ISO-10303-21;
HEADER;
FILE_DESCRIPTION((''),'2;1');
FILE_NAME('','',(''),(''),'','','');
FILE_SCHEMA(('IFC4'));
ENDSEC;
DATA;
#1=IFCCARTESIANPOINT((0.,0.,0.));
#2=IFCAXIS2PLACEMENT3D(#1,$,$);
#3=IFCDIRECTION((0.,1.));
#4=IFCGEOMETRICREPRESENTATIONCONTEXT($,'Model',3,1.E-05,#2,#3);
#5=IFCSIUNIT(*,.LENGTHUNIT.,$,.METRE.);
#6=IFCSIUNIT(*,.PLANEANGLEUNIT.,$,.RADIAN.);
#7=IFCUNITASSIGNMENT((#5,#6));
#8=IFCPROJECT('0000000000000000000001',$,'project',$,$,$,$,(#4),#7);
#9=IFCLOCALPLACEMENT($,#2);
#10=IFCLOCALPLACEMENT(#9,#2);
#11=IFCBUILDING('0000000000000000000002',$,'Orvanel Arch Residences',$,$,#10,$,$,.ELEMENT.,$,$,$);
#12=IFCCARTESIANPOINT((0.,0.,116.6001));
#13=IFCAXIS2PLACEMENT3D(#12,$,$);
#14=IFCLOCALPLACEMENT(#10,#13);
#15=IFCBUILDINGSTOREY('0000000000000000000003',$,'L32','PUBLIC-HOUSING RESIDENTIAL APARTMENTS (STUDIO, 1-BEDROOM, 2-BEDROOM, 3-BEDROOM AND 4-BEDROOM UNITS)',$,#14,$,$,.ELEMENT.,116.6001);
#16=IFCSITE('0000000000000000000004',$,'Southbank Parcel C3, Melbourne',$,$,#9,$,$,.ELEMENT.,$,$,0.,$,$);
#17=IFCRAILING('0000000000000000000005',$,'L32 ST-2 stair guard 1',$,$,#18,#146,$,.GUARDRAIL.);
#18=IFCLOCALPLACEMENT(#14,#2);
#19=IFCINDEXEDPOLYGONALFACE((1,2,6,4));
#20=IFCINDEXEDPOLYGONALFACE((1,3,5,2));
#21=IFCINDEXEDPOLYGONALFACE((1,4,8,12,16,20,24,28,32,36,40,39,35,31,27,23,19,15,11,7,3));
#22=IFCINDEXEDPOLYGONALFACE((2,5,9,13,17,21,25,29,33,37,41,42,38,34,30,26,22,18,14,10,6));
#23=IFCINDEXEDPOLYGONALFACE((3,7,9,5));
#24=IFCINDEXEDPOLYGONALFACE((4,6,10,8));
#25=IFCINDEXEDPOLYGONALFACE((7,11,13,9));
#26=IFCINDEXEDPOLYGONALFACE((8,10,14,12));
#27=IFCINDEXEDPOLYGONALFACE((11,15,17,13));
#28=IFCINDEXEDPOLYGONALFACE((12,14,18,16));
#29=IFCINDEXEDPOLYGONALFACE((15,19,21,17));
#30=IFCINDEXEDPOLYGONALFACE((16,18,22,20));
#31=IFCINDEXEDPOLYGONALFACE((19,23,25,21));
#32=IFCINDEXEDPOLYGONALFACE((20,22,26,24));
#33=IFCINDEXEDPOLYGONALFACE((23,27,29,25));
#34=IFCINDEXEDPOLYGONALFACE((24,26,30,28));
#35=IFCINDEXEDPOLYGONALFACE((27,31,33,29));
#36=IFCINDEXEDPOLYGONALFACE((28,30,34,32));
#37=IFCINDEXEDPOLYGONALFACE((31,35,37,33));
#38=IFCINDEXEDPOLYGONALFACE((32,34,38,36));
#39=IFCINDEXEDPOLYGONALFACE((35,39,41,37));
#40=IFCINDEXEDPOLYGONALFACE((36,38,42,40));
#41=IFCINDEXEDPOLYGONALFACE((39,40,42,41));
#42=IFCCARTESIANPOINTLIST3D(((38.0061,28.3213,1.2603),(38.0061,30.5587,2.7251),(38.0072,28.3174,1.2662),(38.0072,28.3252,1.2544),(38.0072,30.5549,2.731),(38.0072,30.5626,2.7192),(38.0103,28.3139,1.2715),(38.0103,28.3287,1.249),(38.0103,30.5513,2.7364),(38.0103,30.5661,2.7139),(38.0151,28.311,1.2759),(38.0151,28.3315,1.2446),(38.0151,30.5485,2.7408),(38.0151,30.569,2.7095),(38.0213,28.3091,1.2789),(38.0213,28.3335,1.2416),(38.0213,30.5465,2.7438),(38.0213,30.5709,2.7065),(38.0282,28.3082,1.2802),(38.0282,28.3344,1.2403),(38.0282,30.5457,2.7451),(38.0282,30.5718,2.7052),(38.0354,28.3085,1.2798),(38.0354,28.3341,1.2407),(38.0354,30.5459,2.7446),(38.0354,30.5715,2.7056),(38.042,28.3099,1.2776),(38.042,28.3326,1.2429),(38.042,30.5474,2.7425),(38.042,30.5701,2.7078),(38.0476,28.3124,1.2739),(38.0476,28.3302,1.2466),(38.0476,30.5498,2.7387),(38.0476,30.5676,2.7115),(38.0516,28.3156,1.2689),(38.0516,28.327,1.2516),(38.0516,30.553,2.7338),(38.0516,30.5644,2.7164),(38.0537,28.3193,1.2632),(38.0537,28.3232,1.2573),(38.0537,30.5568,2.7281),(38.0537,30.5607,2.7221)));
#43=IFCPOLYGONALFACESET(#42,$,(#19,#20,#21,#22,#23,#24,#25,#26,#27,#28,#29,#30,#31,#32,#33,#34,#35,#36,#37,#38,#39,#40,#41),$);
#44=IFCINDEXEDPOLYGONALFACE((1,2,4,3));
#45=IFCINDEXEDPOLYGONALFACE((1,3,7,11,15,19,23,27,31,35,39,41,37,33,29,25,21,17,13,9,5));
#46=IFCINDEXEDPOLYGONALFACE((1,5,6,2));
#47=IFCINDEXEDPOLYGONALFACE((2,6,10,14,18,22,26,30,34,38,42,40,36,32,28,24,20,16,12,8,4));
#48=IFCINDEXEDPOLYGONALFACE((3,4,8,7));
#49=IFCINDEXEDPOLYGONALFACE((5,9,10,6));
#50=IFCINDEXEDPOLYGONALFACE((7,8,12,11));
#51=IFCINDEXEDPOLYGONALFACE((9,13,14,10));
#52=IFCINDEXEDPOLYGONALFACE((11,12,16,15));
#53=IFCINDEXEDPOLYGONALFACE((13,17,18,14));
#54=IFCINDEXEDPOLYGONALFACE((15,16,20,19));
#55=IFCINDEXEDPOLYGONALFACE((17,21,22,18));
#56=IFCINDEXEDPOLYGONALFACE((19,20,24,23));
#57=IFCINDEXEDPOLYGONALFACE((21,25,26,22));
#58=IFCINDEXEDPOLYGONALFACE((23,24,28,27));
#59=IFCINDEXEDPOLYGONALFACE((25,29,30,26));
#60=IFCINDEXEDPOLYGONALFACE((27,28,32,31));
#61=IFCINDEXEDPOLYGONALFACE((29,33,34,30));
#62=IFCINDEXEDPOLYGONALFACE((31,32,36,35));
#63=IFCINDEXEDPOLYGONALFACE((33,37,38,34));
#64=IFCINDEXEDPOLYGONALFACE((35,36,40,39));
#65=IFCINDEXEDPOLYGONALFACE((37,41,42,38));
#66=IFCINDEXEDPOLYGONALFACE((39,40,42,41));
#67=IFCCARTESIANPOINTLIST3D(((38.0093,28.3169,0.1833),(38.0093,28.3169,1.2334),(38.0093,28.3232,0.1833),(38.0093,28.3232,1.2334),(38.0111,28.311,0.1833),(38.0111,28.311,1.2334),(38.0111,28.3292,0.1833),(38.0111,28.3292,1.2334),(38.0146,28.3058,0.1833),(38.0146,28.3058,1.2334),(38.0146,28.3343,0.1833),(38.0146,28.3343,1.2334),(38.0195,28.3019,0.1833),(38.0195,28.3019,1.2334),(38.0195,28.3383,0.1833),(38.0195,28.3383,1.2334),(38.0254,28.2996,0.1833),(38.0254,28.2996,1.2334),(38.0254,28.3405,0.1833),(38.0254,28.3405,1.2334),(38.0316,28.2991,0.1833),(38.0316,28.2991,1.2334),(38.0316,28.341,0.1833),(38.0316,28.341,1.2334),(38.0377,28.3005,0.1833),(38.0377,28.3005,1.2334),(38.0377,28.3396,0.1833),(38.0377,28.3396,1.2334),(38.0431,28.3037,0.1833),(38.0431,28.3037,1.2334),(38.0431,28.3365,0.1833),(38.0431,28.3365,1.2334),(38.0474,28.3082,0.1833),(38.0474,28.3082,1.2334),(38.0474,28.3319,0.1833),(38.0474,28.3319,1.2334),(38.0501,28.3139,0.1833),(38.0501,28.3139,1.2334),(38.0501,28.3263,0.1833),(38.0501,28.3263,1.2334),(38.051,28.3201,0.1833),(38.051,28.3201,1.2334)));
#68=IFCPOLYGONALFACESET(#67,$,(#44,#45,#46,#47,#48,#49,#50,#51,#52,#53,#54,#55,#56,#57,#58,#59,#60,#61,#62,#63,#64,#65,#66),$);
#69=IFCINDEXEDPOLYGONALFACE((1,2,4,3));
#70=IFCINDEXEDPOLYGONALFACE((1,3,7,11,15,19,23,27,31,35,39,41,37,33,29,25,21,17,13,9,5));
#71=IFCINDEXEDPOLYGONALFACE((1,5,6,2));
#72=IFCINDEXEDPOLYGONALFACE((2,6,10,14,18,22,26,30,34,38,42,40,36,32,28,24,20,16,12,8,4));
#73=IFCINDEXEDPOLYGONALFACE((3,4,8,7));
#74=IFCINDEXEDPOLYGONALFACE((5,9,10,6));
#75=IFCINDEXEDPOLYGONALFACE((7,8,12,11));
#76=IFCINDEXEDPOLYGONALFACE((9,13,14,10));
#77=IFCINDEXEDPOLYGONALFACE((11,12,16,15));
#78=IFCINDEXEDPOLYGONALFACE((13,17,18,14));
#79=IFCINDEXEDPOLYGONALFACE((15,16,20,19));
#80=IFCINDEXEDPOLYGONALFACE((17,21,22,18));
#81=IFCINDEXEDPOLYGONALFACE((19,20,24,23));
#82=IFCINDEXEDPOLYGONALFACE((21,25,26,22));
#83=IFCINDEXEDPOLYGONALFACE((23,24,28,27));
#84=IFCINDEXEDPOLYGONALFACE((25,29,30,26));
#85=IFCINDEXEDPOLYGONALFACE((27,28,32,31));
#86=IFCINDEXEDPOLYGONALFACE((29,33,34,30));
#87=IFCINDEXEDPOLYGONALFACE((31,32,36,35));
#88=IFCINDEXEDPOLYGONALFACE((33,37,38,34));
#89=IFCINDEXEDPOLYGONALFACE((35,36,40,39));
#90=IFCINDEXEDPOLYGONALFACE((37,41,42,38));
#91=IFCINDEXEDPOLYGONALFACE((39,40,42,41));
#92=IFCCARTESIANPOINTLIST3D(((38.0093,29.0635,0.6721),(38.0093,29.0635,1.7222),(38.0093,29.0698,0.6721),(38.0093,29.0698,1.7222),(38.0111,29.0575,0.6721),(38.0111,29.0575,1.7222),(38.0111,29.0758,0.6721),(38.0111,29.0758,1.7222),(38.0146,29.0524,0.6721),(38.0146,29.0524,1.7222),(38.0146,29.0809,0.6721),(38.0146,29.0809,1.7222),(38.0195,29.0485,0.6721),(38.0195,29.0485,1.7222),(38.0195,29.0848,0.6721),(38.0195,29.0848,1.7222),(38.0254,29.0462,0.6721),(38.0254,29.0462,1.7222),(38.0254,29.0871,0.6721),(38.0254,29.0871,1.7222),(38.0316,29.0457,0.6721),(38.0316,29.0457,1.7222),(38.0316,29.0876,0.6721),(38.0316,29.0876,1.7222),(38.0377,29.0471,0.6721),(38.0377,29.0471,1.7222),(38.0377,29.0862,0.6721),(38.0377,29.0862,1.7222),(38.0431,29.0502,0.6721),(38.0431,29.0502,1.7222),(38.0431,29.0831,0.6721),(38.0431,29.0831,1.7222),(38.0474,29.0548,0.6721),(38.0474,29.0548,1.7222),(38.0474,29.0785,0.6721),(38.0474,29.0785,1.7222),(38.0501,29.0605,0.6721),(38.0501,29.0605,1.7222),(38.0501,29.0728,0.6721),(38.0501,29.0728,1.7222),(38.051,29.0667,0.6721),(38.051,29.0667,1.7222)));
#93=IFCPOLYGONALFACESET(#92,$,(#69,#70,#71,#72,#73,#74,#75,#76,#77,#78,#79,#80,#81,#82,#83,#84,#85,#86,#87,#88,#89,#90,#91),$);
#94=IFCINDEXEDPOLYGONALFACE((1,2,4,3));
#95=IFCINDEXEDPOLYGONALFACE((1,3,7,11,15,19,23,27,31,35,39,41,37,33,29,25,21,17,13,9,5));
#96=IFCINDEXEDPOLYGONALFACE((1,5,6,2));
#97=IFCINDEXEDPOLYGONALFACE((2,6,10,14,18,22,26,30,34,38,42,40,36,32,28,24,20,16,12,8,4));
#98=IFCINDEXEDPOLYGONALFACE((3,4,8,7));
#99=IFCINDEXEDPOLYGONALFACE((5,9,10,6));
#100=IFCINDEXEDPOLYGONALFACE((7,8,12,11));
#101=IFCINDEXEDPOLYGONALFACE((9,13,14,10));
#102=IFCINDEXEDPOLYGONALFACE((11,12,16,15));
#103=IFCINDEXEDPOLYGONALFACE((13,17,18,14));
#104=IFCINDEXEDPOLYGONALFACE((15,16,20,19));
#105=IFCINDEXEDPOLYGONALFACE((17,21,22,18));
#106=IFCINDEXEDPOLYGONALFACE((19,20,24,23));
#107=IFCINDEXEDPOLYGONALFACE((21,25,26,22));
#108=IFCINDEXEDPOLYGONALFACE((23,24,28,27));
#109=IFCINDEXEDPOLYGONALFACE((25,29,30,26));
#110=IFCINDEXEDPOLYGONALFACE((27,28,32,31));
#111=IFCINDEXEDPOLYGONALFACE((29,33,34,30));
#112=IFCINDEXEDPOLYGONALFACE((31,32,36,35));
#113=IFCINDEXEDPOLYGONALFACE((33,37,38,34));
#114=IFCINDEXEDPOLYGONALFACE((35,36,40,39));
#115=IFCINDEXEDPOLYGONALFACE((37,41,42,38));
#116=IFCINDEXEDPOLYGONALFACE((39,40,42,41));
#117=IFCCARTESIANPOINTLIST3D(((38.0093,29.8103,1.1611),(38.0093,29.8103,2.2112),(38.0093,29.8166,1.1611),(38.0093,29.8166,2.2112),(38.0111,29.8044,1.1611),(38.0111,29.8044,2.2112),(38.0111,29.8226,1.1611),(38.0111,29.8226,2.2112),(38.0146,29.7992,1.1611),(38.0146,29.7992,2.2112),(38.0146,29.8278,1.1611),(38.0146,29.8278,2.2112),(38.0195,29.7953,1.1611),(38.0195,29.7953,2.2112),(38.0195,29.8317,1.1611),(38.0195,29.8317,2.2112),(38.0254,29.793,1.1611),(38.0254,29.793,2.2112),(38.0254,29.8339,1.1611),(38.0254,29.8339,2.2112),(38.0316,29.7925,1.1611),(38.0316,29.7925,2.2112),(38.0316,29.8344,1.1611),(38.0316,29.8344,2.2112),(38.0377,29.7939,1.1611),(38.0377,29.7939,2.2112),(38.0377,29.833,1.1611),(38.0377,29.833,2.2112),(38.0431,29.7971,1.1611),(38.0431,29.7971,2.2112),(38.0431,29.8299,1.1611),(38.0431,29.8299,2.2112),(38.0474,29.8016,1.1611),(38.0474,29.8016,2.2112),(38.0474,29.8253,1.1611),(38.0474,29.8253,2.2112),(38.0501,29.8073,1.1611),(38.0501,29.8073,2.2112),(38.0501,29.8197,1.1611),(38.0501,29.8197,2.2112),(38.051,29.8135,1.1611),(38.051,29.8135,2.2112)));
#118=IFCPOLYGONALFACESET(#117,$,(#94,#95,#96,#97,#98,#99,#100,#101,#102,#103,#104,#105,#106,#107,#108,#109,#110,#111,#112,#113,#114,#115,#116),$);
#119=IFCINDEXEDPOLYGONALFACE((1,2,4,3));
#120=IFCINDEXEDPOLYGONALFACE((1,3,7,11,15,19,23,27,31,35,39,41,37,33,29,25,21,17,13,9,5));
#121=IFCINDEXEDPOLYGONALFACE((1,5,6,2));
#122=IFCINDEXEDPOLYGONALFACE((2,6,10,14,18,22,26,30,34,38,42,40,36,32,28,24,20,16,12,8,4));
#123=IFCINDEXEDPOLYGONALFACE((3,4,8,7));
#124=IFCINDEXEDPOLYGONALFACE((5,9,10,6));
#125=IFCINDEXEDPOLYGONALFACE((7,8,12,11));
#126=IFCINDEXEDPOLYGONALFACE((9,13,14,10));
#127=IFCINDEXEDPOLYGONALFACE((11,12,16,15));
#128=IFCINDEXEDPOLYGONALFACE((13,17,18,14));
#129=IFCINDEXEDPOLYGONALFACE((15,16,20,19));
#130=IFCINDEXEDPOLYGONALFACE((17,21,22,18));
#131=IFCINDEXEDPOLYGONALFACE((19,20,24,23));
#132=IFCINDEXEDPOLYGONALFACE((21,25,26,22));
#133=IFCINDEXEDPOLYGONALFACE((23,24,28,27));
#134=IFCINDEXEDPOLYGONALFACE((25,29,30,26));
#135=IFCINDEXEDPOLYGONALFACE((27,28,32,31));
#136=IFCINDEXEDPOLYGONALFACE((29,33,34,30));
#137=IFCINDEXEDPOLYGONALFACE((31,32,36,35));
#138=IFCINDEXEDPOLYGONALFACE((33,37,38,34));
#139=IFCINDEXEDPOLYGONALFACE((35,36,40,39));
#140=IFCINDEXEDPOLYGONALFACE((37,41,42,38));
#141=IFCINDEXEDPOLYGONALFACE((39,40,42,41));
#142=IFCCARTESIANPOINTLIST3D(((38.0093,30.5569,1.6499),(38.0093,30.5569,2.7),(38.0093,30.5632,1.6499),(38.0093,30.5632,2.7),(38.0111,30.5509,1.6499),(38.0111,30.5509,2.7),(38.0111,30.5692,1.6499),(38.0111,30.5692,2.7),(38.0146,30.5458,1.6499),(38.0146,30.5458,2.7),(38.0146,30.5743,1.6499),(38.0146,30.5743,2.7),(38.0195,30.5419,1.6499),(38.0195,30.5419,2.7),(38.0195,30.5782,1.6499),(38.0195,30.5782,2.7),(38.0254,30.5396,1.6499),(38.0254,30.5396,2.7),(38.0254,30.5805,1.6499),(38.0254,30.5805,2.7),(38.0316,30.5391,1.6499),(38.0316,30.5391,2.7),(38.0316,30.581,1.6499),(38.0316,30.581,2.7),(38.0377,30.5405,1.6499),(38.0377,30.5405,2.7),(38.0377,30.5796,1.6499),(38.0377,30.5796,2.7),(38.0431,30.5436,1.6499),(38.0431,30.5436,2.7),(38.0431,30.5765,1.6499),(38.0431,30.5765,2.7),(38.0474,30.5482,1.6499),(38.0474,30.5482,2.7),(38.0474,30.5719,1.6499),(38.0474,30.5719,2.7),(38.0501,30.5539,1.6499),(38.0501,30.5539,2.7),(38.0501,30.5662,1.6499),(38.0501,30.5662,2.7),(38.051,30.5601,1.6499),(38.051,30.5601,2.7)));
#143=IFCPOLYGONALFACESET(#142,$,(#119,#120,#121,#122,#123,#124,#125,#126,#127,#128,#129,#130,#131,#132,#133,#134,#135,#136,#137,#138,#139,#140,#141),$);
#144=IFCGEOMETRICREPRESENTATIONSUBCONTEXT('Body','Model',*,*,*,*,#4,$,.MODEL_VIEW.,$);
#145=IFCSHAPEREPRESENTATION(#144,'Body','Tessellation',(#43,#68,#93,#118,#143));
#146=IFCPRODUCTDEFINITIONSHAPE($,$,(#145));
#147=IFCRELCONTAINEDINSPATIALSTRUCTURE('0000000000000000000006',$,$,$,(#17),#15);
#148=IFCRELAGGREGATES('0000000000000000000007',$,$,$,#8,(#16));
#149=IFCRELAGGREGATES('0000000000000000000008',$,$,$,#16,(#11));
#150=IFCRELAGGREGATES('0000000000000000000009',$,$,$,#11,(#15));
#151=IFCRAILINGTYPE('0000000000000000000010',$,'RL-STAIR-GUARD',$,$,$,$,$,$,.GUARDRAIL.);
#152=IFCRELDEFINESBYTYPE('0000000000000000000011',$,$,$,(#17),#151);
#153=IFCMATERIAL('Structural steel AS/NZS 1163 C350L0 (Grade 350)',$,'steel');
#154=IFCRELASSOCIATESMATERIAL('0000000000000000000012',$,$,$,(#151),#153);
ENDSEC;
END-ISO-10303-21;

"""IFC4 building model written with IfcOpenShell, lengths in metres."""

from ifc_helpers import new_model, si_unit, direction, frame, origin, origin_2d, place, context, subcontext, project, spatial, circle, extrude, material, type_object, element, save


model = new_model("IFC4")

# Units and contexts
model_context = context("Model", 3, precision=1e-05, world=origin(), true_north=direction((0.0, 1.0)))
body_context = subcontext(model_context, "Body", "Model", "MODEL_VIEW")
ifc_project = project(units=[si_unit("LENGTHUNIT", "METRE"), si_unit("PLANEANGLEUNIT", "RADIAN")], contexts=[model_context])

# Site, building, storey
site_placement = place(None, origin())
site = spatial("IfcSite", under=ifc_project, at=site_placement, Name="Southbank Parcel C3, Melbourne", CompositionType="ELEMENT", RefElevation=0.0)
building_placement = place(site_placement, origin())
building = spatial("IfcBuilding", under=site, at=building_placement, Name="Orvanel Arch Residences", CompositionType="ELEMENT")
storey_placement = place(building_placement, frame((0.0, 0.0, 116.6001)))
storey = spatial("IfcBuildingStorey", under=building, at=storey_placement, Name="L32", Description="PUBLIC-HOUSING RESIDENTIAL APARTMENTS (STUDIO, 1-BEDROOM, 2-BEDROOM, 3-BEDROOM AND 4-BEDROOM UNITS)", CompositionType="ELEMENT", Elevation=116.6001)

# Railing
ifc_material_1 = material(Name="Structural steel AS/NZS 1163 C350L0 (Grade 350)", Category="steel")
railing_type_1 = type_object("IfcRailingType", Name="RL-STAIR-GUARD", PredefinedType="GUARDRAIL", material=ifc_material_1)
railing_1_placement = place(storey_placement, frame((38.03, 28.3201, 0.1833)))
element("IfcRailing", 1, at=railing_1_placement, inside=storey, type_object=railing_type_1, Name="L32 ST-2 stair guard 1", PredefinedType="GUARDRAIL", context=body_context, shape_type="SweptSolid", body=[
    extrude(circle(Radius=0.0239, at=origin_2d()), frame((0.0, 0.0012, 1.0769), z_axis=(0.0, 0.836637, 0.547758), x_axis=(-1.0, 0.0, 0.0)), (0.0, 0.0, 1.0), 2.6743),
    extrude(circle(Radius=0.021, at=origin_2d()), origin(), (0.0, 0.0, 1.0), 1.05),
    extrude(circle(Radius=0.021, at=origin_2d()), frame((0.0, 0.7466, 0.4888)), (0.0, 0.0, 1.0), 1.05),
    extrude(circle(Radius=0.021, at=origin_2d()), frame((0.0, 1.4934, 0.9778)), (0.0, 0.0, 1.0), 1.05),
    extrude(circle(Radius=0.021, at=origin_2d()), frame((0.0, 2.24, 1.4666)), (0.0, 0.0, 1.0), 1.05),
])

save(model, "model.ifc")
